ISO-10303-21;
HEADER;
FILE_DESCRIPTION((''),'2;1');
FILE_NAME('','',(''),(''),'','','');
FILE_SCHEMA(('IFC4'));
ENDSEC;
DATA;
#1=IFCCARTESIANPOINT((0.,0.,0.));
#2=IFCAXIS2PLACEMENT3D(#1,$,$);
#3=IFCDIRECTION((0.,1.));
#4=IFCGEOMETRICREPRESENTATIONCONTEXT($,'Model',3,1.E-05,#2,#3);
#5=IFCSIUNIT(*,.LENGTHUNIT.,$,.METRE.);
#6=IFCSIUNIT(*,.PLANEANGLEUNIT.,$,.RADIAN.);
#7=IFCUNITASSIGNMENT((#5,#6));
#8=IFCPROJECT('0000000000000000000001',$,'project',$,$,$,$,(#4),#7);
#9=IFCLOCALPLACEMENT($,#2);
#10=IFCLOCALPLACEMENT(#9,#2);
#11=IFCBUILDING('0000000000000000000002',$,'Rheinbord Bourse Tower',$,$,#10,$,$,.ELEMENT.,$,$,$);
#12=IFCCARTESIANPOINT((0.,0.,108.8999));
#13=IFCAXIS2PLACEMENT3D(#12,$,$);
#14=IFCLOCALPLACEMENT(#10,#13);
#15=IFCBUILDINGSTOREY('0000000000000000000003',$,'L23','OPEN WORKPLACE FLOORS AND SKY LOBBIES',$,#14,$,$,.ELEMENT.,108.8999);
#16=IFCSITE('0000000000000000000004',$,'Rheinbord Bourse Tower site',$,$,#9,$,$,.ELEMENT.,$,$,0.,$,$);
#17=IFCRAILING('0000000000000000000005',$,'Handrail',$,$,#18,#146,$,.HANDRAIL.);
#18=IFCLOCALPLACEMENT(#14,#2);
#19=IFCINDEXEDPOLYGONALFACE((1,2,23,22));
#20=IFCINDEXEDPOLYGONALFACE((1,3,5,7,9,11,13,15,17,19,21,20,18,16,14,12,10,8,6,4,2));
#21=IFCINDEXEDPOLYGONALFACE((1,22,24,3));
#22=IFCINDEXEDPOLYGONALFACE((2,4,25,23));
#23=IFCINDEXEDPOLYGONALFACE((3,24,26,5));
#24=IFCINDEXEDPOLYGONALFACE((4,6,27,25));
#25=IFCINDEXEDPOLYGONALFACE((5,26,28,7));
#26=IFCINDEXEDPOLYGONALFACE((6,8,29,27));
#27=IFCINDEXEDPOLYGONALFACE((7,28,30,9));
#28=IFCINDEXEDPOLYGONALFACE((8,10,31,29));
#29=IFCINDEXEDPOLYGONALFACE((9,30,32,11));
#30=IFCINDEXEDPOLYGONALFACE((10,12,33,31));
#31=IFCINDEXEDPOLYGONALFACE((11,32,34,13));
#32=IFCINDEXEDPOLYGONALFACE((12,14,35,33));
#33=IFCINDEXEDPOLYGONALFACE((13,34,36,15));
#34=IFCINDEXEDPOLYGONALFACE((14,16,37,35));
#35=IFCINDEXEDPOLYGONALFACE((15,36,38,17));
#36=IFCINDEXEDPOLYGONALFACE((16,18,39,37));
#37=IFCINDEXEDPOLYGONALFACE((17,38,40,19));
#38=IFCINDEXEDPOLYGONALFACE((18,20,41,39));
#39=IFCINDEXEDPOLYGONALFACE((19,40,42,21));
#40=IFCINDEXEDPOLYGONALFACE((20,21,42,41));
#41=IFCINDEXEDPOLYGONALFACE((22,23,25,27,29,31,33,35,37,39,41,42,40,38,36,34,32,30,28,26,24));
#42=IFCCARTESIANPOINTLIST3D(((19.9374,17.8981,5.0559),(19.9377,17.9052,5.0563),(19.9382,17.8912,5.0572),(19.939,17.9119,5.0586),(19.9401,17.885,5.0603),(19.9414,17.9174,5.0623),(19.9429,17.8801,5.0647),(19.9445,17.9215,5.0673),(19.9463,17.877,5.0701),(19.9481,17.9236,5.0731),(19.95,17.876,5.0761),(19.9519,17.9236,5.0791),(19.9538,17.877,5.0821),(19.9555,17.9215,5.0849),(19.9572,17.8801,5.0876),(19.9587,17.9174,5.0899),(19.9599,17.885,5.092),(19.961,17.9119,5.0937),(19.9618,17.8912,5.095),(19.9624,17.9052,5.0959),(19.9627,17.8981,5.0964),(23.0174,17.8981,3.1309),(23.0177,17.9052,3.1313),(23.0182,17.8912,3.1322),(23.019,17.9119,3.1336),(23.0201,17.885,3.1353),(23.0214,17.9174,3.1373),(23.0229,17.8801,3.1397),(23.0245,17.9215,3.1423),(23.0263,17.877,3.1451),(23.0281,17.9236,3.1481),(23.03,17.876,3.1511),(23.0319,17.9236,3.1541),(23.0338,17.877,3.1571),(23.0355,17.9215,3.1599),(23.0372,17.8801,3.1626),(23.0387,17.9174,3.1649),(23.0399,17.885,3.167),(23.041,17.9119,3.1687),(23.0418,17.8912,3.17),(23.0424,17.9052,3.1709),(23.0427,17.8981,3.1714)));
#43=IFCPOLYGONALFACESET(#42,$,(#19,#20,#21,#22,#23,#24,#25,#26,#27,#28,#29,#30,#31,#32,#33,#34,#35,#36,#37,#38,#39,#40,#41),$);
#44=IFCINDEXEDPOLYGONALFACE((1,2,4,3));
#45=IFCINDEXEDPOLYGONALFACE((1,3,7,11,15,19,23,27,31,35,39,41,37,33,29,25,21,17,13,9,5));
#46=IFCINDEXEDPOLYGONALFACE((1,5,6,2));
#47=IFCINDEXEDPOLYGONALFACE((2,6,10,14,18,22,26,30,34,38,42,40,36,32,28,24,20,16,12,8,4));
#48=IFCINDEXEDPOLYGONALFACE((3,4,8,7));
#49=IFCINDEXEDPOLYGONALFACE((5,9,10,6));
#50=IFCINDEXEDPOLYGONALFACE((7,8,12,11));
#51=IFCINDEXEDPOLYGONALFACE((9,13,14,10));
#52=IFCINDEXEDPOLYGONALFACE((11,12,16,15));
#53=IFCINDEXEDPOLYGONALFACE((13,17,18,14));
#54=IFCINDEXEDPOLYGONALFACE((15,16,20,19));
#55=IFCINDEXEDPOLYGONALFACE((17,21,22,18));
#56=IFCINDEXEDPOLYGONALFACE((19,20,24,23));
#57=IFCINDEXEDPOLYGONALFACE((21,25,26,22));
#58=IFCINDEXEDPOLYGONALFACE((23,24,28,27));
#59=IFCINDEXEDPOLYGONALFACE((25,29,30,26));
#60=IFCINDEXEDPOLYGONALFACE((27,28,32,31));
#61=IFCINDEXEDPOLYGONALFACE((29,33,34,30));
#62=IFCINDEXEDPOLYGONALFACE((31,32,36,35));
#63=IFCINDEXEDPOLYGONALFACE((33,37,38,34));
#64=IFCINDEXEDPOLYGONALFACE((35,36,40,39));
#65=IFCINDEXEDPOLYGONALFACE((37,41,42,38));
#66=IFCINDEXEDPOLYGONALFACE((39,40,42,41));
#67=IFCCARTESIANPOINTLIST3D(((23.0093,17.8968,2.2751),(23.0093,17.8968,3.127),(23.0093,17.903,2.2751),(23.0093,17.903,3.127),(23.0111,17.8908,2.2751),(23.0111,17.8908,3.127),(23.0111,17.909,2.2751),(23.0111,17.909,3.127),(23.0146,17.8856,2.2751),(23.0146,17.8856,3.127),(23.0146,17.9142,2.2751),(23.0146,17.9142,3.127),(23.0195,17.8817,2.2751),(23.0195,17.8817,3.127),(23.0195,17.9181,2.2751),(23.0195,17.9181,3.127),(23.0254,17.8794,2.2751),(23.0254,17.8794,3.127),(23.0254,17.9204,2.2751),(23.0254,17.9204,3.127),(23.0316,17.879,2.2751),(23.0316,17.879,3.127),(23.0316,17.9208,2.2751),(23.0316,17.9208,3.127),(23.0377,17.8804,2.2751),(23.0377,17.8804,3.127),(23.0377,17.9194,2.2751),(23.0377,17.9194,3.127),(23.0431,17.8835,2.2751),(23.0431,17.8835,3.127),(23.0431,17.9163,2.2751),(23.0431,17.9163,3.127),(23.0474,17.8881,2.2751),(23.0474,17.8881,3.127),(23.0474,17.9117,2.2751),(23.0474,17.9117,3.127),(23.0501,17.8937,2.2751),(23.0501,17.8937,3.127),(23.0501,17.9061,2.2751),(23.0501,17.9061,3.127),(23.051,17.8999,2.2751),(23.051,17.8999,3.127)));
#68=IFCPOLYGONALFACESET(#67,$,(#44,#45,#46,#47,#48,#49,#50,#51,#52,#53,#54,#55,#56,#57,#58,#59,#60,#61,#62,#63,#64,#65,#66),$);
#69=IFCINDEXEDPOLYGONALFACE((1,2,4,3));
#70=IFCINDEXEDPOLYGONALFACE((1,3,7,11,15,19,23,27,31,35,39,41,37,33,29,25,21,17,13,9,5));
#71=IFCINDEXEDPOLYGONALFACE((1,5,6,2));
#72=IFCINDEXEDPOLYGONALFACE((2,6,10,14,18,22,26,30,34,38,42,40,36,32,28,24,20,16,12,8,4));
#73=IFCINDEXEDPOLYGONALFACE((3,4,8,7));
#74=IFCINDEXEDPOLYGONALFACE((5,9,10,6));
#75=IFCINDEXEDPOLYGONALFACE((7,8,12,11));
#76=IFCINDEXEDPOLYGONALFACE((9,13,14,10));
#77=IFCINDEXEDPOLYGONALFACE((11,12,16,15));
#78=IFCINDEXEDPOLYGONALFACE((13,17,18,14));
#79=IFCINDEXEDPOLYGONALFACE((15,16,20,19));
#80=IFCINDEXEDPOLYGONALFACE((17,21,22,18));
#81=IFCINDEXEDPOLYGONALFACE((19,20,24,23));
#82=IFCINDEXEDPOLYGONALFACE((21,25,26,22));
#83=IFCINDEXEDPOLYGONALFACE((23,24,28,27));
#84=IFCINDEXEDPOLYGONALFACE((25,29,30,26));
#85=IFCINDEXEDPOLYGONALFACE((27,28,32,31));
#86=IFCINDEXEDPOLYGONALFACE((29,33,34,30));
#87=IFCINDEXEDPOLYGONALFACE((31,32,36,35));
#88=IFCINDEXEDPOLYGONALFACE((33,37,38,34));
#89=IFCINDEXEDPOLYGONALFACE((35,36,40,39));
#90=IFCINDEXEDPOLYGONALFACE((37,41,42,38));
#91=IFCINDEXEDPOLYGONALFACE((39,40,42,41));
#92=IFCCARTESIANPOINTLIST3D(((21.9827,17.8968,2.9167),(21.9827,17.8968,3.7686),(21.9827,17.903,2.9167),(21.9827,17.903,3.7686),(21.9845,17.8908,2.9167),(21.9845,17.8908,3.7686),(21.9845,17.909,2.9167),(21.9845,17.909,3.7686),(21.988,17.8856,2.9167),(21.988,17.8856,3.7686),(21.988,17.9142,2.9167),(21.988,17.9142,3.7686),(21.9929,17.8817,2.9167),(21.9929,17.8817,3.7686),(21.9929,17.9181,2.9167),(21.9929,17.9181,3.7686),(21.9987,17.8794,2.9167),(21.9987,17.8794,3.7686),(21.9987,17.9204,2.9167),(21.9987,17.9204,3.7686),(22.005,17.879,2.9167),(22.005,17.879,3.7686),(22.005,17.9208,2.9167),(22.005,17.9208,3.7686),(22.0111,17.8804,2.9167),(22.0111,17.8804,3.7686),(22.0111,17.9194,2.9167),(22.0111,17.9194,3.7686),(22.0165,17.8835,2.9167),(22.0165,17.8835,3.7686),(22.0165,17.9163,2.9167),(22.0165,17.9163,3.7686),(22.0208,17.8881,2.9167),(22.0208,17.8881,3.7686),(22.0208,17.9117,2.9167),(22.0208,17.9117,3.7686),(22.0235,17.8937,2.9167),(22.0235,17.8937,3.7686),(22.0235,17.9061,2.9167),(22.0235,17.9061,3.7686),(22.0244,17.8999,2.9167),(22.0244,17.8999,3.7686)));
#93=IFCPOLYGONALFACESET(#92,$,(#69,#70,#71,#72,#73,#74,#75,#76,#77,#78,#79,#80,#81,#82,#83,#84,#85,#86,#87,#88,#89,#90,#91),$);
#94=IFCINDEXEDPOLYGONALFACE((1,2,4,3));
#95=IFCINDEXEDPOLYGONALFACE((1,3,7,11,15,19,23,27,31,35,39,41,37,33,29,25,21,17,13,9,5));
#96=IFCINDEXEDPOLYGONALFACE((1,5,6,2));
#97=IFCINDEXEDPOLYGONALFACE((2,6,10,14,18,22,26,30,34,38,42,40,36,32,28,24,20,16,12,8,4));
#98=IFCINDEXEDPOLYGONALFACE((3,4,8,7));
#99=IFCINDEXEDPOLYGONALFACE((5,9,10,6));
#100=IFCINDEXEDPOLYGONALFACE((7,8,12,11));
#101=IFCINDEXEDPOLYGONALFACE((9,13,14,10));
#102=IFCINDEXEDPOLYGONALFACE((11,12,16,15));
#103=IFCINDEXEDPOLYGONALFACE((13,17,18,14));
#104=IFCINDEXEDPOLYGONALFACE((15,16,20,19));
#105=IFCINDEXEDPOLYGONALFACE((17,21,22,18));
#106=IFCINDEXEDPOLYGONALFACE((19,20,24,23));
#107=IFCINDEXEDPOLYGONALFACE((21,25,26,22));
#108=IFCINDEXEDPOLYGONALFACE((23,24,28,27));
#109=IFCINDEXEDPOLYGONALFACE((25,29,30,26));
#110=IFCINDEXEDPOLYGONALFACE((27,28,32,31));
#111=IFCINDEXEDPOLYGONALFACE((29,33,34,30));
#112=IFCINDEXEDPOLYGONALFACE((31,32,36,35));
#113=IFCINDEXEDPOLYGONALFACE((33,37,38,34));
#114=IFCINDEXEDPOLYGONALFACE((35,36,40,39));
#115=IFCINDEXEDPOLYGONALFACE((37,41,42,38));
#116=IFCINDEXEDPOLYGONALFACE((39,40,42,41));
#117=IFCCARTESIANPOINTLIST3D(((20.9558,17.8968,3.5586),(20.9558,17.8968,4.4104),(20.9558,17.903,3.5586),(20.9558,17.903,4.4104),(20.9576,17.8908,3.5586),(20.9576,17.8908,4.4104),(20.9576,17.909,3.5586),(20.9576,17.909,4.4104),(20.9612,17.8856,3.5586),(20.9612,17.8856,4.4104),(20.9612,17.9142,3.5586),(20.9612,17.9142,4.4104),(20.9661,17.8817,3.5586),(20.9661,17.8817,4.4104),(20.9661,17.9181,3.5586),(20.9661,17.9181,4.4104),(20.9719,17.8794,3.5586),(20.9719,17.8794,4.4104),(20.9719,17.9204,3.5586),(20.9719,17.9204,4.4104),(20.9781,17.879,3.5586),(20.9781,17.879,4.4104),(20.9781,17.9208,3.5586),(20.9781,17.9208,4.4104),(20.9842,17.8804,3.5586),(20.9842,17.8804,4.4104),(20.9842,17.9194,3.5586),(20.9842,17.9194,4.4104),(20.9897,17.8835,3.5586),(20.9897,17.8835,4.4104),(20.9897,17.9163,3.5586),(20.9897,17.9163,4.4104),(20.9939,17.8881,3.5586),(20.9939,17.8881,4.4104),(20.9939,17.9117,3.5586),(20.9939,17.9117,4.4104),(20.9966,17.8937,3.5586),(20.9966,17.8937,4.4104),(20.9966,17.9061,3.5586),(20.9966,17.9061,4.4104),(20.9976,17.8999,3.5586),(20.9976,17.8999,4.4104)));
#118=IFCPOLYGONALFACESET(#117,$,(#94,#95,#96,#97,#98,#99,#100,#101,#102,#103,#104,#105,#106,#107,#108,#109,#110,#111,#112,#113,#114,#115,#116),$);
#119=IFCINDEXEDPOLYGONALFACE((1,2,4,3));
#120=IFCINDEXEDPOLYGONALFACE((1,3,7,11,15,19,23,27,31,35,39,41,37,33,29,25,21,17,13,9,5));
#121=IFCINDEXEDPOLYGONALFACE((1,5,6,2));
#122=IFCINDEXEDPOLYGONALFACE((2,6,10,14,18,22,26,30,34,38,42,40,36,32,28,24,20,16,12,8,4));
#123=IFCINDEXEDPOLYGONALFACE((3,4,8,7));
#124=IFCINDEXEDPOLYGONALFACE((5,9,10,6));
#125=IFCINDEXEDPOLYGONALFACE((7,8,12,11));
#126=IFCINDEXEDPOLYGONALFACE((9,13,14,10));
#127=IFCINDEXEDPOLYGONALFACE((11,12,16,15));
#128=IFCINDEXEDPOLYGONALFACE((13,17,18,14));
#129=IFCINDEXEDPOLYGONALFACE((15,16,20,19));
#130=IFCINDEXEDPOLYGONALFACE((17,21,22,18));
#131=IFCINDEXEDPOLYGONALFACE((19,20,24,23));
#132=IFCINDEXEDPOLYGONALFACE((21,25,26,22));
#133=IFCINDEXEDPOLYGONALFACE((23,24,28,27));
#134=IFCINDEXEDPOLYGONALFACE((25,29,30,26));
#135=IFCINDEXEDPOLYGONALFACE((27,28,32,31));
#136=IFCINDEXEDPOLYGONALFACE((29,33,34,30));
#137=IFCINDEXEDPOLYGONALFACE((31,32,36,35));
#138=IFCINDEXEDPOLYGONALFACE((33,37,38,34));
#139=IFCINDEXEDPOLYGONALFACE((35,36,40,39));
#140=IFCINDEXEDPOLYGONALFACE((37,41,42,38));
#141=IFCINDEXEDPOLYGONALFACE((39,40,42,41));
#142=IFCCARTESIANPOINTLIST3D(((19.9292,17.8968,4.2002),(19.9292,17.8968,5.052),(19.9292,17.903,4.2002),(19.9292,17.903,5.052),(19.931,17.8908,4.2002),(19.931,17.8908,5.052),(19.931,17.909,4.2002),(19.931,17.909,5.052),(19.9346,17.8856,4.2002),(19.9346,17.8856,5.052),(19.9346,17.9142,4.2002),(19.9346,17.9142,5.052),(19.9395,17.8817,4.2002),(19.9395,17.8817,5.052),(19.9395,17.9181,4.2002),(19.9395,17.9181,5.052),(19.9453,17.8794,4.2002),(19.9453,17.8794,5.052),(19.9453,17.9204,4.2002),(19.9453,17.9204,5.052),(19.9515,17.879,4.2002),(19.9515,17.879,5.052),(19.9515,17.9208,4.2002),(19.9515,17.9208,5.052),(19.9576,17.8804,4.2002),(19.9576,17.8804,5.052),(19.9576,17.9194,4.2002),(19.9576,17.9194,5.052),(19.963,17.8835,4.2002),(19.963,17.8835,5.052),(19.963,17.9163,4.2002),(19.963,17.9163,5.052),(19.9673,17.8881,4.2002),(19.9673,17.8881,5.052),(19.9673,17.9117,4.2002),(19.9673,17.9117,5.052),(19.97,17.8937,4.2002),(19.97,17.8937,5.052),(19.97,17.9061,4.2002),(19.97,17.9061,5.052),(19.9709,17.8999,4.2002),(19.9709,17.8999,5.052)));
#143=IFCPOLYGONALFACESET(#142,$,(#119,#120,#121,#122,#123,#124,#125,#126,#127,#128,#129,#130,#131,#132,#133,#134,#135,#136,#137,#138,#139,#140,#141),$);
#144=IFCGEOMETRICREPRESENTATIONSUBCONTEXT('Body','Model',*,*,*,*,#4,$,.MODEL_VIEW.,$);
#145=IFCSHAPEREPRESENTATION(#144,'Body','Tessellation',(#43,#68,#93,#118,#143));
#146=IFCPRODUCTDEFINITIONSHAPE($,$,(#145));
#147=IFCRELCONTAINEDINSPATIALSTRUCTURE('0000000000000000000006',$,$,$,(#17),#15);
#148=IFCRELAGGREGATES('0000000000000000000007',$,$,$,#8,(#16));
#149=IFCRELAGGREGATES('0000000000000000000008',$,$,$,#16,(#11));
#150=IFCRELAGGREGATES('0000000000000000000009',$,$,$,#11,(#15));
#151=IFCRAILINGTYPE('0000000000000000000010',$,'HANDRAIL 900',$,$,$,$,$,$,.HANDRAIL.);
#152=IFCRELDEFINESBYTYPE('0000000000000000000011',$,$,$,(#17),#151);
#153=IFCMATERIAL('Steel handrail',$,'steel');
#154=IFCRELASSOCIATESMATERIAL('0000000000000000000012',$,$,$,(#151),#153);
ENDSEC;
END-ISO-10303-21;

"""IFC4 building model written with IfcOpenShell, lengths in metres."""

from ifc_helpers import new_model, si_unit, direction, frame, origin, origin_2d, place, context, subcontext, project, spatial, circle, extrude, material, type_object, element, save


model = new_model("IFC4")

# Units and contexts
model_context = context("Model", 3, precision=1e-05, world=origin(), true_north=direction((0.0, 1.0)))
body_context = subcontext(model_context, "Body", "Model", "MODEL_VIEW")
ifc_project = project(units=[si_unit("LENGTHUNIT", "METRE"), si_unit("PLANEANGLEUNIT", "RADIAN")], contexts=[model_context])

# Site, building, storey
site_placement = place(None, origin())
site = spatial("IfcSite", under=ifc_project, at=site_placement, Name="Rheinbord Bourse Tower site", CompositionType="ELEMENT", RefElevation=0.0)
building_placement = place(site_placement, origin())
building = spatial("IfcBuilding", under=site, at=building_placement, Name="Rheinbord Bourse Tower", CompositionType="ELEMENT")
storey_placement = place(building_placement, frame((0.0, 0.0, 108.8999)))
storey = spatial("IfcBuildingStorey", under=building, at=storey_placement, Name="L23", Description="OPEN WORKPLACE FLOORS AND SKY LOBBIES", CompositionType="ELEMENT", Elevation=108.8999)

# Railing
ifc_material_1 = material(Name="Steel handrail", Category="steel")
railing_type = type_object("IfcRailingType", Name="HANDRAIL 900", PredefinedType="HANDRAIL", material=ifc_material_1)
railing_1_placement = place(storey_placement, frame((23.03, 17.8999, 2.2751)))
element("IfcRailing", 1, at=railing_1_placement, inside=storey, type_object=railing_type, Name="Handrail", PredefinedType="HANDRAIL", context=body_context, shape_type="SweptSolid", body=[
    extrude(circle(Radius=0.0239, at=origin_2d()), frame((0.0, 0.0, 0.876), z_axis=(-0.847998, 0.0, 0.529999), x_axis=(0.0, -1.0, 0.0)), (0.0, 0.0, 1.0), 3.6321),
    extrude(circle(Radius=0.021, at=origin_2d()), origin(), (0.0, 0.0, 1.0), 0.8518),
    extrude(circle(Radius=0.021, at=origin_2d()), frame((-1.0266, 0.0, 0.6416)), (0.0, 0.0, 1.0), 0.8518),
    extrude(circle(Radius=0.021, at=origin_2d()), frame((-2.0535, 0.0, 1.2834)), (0.0, 0.0, 1.0), 0.8518),
    extrude(circle(Radius=0.021, at=origin_2d()), frame((-3.0801, 0.0, 1.925)), (0.0, 0.0, 1.0), 0.8518),
])

save(model, "model.ifc")
